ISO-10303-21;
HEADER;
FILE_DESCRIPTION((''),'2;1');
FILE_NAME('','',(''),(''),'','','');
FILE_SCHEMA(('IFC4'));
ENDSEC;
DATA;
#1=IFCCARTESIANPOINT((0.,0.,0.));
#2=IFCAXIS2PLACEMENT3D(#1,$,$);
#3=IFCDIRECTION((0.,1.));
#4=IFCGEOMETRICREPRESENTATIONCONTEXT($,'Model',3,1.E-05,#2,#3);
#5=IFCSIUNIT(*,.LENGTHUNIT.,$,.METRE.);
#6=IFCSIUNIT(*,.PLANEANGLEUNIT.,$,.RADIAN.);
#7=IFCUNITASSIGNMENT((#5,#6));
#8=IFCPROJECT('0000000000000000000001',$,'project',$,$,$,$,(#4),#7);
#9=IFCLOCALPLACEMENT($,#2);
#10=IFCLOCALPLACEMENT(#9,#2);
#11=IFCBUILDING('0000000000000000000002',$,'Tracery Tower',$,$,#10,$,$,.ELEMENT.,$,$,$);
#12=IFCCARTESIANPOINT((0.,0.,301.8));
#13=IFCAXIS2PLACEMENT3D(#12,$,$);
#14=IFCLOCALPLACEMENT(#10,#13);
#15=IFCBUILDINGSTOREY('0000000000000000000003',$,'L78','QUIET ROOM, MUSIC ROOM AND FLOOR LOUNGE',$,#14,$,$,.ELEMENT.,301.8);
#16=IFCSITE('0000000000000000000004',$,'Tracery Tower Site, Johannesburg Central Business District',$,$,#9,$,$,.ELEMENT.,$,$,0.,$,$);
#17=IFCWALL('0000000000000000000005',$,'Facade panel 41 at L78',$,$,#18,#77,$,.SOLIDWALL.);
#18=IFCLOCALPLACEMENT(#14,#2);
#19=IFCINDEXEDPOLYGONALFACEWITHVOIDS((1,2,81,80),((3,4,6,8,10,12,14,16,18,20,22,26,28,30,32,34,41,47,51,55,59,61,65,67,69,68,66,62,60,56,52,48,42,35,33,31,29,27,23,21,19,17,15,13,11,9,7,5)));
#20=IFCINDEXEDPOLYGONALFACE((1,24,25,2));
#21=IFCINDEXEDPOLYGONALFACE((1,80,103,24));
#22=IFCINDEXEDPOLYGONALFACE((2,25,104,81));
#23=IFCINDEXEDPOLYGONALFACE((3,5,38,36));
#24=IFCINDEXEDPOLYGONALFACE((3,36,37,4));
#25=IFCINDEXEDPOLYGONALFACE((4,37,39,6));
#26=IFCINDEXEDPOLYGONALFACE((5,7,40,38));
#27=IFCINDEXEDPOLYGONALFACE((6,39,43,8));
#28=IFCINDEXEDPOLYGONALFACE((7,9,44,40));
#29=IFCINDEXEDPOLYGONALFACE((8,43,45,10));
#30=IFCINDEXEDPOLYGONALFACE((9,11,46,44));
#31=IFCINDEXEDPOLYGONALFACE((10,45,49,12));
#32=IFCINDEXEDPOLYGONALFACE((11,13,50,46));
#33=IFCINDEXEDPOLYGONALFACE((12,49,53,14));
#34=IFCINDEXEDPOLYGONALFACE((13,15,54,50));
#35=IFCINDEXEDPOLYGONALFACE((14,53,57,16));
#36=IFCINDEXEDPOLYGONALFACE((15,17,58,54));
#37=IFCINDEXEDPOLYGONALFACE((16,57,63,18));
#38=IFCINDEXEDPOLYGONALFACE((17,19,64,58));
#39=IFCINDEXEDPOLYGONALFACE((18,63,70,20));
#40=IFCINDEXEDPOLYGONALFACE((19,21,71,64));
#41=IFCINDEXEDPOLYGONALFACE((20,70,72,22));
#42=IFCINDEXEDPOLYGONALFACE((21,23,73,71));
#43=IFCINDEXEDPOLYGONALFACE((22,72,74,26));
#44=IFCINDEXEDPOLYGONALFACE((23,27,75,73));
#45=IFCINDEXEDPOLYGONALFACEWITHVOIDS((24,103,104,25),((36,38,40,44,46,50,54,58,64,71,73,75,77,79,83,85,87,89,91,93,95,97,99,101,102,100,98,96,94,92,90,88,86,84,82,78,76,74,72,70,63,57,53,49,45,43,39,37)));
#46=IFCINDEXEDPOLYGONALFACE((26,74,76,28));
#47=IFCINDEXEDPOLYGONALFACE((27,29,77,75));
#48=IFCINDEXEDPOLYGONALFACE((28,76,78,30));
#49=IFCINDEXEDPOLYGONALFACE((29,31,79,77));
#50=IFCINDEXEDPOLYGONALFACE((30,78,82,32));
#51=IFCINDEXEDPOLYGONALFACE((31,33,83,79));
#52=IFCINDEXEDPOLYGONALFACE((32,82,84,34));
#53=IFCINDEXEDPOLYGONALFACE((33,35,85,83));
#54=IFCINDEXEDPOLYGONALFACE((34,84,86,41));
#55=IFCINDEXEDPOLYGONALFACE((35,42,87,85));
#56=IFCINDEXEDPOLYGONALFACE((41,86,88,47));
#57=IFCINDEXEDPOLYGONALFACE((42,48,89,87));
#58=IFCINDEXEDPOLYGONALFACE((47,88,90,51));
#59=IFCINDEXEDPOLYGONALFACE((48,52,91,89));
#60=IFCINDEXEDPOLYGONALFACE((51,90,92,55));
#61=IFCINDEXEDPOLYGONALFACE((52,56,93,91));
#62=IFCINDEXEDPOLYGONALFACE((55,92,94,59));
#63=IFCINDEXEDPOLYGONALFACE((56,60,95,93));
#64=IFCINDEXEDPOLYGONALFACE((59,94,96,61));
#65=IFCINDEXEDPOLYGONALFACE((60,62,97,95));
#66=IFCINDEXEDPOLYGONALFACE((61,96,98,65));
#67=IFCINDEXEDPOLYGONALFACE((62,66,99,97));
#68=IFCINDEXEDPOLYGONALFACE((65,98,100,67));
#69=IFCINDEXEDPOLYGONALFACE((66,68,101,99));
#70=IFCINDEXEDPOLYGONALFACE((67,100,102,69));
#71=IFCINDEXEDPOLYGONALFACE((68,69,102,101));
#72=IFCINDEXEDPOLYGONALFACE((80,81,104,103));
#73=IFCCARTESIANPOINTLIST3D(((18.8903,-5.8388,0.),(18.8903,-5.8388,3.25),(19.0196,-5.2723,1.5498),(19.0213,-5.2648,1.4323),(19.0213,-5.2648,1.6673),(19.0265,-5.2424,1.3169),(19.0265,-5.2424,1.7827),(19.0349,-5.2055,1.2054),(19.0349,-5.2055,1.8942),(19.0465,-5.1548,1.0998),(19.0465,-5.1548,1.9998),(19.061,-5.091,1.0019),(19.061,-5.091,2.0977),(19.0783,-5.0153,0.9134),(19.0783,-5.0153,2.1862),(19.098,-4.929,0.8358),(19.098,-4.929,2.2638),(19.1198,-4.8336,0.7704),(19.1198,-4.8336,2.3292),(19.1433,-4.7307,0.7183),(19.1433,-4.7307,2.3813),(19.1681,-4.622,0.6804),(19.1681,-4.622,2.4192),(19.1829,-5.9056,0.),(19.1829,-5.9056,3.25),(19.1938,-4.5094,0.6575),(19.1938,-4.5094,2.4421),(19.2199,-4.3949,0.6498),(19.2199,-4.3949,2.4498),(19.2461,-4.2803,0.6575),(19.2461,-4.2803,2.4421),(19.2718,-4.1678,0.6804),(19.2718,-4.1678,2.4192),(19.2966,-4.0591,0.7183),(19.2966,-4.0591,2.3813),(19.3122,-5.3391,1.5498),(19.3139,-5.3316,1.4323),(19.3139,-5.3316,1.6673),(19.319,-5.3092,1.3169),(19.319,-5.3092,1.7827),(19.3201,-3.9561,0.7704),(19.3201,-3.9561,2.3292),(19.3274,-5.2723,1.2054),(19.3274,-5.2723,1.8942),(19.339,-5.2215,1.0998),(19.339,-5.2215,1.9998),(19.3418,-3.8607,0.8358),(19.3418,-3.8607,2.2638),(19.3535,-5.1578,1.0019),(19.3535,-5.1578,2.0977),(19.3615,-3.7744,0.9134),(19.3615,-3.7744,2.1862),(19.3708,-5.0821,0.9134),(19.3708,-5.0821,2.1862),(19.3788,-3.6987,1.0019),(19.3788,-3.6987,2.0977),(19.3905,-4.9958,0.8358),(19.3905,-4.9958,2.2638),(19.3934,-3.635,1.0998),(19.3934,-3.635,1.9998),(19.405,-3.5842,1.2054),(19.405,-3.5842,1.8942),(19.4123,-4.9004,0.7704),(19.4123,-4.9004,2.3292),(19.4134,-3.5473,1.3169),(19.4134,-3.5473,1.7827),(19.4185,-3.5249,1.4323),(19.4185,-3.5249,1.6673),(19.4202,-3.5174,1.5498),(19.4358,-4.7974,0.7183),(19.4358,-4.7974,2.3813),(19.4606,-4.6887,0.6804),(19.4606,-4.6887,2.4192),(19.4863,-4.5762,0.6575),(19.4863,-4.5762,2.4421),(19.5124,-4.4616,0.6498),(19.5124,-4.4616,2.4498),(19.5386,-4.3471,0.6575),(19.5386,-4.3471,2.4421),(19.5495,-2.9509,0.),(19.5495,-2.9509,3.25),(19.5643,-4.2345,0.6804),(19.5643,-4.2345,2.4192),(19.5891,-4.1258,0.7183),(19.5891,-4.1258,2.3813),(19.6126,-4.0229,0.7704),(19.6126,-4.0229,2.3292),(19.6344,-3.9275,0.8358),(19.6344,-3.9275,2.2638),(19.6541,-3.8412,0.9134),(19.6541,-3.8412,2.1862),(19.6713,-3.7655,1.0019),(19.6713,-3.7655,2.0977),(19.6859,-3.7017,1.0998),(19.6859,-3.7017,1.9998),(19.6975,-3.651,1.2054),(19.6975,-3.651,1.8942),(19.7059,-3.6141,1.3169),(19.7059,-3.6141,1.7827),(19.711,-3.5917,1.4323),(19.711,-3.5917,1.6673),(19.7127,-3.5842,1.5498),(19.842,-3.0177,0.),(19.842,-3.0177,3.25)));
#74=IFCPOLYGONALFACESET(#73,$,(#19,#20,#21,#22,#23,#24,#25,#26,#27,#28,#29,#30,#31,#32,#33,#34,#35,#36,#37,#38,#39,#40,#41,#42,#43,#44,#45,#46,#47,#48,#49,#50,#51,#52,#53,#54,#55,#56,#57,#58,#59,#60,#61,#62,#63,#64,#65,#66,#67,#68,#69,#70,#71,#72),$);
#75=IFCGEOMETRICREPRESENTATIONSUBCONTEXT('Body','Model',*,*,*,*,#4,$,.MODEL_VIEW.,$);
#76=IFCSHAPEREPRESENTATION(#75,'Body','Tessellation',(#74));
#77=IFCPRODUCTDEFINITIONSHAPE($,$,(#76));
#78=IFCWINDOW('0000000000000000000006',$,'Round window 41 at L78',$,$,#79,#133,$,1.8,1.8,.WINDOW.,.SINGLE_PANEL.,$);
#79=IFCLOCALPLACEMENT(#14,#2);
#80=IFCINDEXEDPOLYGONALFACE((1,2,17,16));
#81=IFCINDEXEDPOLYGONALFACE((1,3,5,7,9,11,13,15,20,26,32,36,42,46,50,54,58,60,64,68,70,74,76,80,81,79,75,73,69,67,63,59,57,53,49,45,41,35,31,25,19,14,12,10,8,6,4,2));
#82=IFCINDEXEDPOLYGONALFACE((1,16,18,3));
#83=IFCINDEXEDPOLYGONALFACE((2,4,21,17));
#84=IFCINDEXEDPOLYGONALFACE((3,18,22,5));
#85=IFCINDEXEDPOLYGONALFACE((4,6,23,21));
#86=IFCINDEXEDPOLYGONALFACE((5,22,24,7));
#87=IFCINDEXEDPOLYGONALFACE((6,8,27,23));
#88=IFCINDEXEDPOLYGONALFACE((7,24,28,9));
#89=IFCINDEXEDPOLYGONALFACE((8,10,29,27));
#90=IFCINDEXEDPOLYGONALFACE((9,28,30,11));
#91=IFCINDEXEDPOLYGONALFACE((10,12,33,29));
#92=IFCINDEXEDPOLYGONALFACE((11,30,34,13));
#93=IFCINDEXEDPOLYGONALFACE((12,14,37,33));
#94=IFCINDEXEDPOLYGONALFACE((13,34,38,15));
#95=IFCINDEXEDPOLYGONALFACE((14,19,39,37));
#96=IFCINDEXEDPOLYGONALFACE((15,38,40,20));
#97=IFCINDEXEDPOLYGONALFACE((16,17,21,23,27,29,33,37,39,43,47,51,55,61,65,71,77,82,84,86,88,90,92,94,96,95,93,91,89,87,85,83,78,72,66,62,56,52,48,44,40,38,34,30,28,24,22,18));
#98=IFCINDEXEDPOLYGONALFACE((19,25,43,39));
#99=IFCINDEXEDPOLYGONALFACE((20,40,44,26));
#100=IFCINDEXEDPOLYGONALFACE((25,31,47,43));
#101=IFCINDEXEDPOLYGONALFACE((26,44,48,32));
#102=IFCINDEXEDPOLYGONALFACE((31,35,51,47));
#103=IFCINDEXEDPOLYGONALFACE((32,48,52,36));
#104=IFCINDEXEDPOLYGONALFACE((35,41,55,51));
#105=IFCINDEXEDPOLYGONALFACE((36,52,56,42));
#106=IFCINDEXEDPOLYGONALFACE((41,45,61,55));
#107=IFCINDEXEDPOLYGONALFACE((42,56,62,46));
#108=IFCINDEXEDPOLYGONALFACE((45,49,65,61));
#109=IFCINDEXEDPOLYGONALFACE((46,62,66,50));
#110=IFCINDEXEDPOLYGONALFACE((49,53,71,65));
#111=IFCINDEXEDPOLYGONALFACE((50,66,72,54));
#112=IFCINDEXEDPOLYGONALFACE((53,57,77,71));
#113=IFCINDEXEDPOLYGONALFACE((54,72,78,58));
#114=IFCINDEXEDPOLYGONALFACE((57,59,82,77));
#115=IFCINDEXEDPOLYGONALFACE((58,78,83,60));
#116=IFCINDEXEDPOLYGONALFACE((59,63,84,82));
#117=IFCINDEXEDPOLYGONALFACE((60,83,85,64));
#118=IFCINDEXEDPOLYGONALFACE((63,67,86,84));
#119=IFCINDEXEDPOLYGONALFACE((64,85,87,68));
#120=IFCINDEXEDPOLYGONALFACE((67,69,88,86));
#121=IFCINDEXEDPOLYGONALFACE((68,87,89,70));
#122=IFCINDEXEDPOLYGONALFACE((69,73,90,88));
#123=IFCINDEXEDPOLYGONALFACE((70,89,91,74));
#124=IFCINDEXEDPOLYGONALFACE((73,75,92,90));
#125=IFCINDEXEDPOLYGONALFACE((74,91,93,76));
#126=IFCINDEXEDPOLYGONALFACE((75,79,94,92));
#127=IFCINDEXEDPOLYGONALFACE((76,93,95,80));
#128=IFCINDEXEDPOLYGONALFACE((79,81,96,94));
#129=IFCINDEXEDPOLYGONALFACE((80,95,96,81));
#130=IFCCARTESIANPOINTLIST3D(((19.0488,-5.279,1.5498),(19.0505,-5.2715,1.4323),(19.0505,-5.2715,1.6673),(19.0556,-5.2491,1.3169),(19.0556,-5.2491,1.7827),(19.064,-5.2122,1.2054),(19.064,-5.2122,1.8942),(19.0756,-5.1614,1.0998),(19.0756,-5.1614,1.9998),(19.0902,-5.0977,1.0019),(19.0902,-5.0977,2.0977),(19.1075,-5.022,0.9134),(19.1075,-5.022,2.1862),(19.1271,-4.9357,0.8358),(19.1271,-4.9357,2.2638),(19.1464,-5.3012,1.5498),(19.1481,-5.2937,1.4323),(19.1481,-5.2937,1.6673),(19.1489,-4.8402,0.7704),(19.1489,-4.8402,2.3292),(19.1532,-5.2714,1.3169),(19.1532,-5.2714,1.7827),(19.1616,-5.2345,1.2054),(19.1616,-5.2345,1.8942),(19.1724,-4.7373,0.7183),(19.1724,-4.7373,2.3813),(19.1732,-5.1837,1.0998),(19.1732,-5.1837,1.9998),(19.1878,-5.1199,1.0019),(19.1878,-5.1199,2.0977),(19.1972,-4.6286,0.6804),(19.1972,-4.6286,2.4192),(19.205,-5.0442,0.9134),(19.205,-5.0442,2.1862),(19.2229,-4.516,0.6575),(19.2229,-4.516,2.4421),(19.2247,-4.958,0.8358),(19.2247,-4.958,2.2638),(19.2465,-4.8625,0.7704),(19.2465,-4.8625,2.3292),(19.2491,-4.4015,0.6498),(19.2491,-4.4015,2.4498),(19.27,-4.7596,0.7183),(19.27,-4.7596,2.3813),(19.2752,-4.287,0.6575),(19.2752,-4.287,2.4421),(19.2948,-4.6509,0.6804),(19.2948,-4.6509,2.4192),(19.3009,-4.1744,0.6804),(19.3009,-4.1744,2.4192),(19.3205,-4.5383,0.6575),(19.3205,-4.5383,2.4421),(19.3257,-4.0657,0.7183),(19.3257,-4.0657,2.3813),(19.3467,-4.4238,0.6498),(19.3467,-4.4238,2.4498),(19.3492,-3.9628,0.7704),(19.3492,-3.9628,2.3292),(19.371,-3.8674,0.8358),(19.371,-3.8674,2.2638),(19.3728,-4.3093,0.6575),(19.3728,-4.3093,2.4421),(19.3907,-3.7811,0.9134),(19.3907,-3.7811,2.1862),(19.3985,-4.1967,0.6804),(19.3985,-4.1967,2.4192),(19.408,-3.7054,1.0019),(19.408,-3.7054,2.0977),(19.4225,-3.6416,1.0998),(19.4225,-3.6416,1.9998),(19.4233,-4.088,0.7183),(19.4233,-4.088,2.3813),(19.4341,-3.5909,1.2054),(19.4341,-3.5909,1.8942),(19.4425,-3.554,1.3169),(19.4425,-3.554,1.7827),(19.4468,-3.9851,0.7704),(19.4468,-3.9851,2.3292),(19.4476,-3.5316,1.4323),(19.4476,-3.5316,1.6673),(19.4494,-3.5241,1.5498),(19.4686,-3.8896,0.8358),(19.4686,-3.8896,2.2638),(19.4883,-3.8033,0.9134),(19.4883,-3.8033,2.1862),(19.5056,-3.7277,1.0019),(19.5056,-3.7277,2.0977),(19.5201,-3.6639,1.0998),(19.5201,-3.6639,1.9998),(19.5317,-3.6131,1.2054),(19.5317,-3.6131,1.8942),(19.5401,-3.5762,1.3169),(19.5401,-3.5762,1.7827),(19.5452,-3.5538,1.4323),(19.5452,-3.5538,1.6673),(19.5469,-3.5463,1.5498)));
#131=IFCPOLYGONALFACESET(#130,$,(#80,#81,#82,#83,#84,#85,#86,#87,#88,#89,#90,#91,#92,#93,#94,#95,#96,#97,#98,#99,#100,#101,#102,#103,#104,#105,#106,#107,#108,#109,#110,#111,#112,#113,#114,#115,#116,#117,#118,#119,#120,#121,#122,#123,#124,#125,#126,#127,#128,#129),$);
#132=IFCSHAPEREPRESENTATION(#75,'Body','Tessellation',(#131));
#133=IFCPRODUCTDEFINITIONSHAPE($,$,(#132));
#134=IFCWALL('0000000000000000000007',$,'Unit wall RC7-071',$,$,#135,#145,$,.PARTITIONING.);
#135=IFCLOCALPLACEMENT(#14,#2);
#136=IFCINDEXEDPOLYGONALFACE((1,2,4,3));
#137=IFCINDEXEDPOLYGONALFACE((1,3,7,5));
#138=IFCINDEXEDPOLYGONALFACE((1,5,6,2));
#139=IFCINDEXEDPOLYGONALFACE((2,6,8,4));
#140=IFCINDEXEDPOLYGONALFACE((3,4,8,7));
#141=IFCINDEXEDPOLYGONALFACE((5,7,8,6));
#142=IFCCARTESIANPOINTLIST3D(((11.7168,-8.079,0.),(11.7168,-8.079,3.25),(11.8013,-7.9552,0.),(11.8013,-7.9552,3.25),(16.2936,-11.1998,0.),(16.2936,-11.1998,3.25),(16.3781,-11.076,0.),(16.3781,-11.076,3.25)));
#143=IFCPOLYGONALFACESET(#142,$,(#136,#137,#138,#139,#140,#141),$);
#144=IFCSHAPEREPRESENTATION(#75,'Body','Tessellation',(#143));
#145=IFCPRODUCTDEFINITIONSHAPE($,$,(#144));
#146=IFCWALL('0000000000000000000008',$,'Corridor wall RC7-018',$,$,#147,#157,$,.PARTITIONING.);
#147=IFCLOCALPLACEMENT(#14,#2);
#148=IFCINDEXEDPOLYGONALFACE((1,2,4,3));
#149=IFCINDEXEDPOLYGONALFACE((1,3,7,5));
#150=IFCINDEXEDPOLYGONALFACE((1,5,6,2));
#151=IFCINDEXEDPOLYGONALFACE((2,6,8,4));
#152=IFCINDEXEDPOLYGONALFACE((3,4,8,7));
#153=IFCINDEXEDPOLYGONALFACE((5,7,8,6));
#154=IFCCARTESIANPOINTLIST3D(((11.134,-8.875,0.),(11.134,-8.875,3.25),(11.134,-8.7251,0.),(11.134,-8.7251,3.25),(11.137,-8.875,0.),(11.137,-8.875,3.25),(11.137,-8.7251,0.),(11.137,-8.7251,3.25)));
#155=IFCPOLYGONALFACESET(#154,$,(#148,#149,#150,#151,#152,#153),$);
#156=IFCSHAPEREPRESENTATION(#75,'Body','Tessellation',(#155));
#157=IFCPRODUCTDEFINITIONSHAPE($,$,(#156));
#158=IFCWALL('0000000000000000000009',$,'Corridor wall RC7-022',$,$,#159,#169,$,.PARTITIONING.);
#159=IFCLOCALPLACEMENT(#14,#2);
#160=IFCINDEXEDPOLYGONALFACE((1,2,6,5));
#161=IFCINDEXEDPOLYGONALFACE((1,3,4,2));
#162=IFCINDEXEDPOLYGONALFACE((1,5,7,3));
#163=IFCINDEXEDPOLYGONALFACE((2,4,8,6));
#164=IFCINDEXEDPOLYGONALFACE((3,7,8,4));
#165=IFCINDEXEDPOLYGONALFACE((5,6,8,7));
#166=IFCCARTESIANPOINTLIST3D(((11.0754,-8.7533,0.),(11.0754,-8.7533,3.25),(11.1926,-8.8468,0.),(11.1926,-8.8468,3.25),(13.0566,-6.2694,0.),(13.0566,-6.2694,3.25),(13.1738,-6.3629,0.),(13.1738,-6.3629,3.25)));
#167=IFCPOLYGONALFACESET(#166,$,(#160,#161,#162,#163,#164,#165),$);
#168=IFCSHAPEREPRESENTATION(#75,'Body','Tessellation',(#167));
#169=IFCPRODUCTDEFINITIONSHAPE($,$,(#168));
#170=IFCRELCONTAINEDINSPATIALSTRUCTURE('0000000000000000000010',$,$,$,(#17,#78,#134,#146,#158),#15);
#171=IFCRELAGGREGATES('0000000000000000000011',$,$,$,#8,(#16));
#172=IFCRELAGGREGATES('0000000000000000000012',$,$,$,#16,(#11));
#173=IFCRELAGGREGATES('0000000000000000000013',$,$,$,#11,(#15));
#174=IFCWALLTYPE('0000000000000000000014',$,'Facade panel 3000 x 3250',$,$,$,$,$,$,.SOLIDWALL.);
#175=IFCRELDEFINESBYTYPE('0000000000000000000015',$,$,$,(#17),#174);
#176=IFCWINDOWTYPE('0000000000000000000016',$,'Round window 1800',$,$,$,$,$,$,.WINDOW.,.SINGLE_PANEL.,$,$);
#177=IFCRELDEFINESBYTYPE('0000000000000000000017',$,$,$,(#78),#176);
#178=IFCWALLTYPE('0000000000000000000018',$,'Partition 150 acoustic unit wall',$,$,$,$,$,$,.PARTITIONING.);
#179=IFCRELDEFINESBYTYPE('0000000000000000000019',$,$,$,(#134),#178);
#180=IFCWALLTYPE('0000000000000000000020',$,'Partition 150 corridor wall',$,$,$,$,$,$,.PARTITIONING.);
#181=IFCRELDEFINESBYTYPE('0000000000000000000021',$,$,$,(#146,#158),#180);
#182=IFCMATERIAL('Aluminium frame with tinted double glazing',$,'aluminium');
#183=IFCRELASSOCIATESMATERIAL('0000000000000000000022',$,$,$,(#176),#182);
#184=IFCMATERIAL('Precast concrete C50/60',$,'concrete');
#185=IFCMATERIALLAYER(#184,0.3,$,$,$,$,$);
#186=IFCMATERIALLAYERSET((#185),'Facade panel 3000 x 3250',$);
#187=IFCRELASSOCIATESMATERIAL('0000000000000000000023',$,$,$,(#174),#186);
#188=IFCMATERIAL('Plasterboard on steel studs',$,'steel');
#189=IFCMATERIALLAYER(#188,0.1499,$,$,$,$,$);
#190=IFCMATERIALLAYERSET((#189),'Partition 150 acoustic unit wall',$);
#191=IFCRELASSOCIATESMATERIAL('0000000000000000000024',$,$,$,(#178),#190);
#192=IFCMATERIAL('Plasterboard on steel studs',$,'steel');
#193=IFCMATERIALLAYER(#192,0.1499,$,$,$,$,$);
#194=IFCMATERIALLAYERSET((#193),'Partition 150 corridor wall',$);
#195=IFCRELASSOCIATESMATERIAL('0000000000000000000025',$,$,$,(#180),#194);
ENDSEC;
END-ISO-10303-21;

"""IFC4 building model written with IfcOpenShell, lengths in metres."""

from ifc_helpers import new_model, si_unit, direction, frame, frame_2d, origin, origin_2d, place, context, subcontext, project, spatial, rectangle, circle, extrude, material, layer, layer_set, type_object, element, fill, save


model = new_model("IFC4")

# Units and contexts
model_context = context("Model", 3, precision=1e-05, world=origin(), true_north=direction((0.0, 1.0)))
body_context = subcontext(model_context, "Body", "Model", "MODEL_VIEW")
ifc_project = project(units=[si_unit("LENGTHUNIT", "METRE"), si_unit("PLANEANGLEUNIT", "RADIAN")], contexts=[model_context])

# Site, building, storey
site_placement = place(None, origin())
site = spatial("IfcSite", under=ifc_project, at=site_placement, Name="Tracery Tower Site, Johannesburg Central Business District", CompositionType="ELEMENT", RefElevation=0.0)
building_placement = place(site_placement, origin())
building = spatial("IfcBuilding", under=site, at=building_placement, Name="Tracery Tower", CompositionType="ELEMENT")
storey_placement = place(building_placement, frame((0.0, 0.0, 301.8)))
storey = spatial("IfcBuildingStorey", under=building, at=storey_placement, Name="L78", Description="QUIET ROOM, MUSIC ROOM AND FLOOR LOUNGE", CompositionType="ELEMENT", Elevation=301.8)

# Wall, opening, window
ifc_material_1 = material(Name="Aluminium frame with tinted double glazing", Category="aluminium")
window_type = type_object("IfcWindowType", Name="Round window 1800", PartitioningType="SINGLE_PANEL", PredefinedType="WINDOW", material=ifc_material_1)
ifc_material_2 = material(Name="Precast concrete C50/60", Category="concrete")
ifc_layer_1 = layer(ifc_material_2, 0.3)
ifc_layer_set_1 = layer_set([ifc_layer_1], Name="Facade panel 3000 x 3250")
wall_type_1 = type_object("IfcWallType", Name="Facade panel 3000 x 3250", PredefinedType="SOLIDWALL", material=ifc_layer_set_1)
wall_1_placement = place(storey_placement, frame((19.0366, -5.8721, 0.0), z_axis=(0.0, 0.0, 1.0), x_axis=(0.222529, 0.974926, 0.0)))
wall_1 = element("IfcWall", 1, at=wall_1_placement, inside=storey, type_object=wall_type_1, Name="Facade panel 41 at L78", PredefinedType="SOLIDWALL", context=body_context, shape_type="SweptSolid", body=[
    extrude(rectangle(XDim=2.9622, YDim=0.3, at=frame_2d((1.481, 0.0))), origin(), (0.0, 0.0, 1.0), 3.25),
])
opening_1_placement = place(wall_1_placement, frame((1.481, 0.0, 1.5498)))
opening_1 = element("IfcOpeningElement", 2, at=opening_1_placement, cuts=wall_1, PredefinedType="OPENING", context=body_context, shape_type="SweptSolid", body=[
    extrude(circle(Radius=0.9, at=origin_2d()), frame((0.0, 0.1599, 0.0), z_axis=(0.0, -1.0, 0.0), x_axis=(1.0, 0.0, 0.0)), (0.0, 0.0, 1.0), 0.3201),
])
window_1_placement = place(opening_1_placement, origin())
window_1 = element("IfcWindow", 3, at=window_1_placement, inside=storey, type_object=window_type, Name="Round window 41 at L78", OverallHeight=1.8, OverallWidth=1.8, PartitioningType="SINGLE_PANEL", PredefinedType="WINDOW", context=body_context, shape_type="SweptSolid", body=[
    extrude(circle(Radius=0.9, at=origin_2d()), frame((0.0, 0.1201, 0.0), z_axis=(0.0, -1.0, 0.0), x_axis=(1.0, 0.0, 0.0)), (0.0, 0.0, 1.0), 0.1001),
])
fill(opening_1, window_1)

# Walls
ifc_material_3 = material(Name="Plasterboard on steel studs", Category="steel")
ifc_layer_2 = layer(ifc_material_3, 0.1499)
ifc_layer_set_2 = layer_set([ifc_layer_2], Name="Partition 150 acoustic unit wall")
wall_type_2 = type_object("IfcWallType", Name="Partition 150 acoustic unit wall", PredefinedType="PARTITIONING", material=ifc_layer_set_2)
wall_2_placement = place(storey_placement, frame((11.759, -8.0171, 0.0), z_axis=(0.0, 0.0, 1.0), x_axis=(0.826208, -0.563366, 0.0)))
element("IfcWall", 4, at=wall_2_placement, inside=storey, type_object=wall_type_2, Name="Unit wall RC7-071", PredefinedType="PARTITIONING", context=body_context, shape_type="SweptSolid", body=[
    extrude(rectangle(XDim=5.5396, YDim=0.1499, at=frame_2d((2.7698, 0.0))), origin(), (0.0, 0.0, 1.0), 3.25),
])
ifc_material_4 = material(Name="Plasterboard on steel studs", Category="steel")
ifc_layer_3 = layer(ifc_material_4, 0.1499)
ifc_layer_set_3 = layer_set([ifc_layer_3], Name="Partition 150 corridor wall")
wall_type_3 = type_object("IfcWallType", Name="Partition 150 corridor wall", PredefinedType="PARTITIONING", material=ifc_layer_set_3)
wall_3_placement = place(storey_placement, frame((11.137, -8.8, 0.0), z_axis=(0.0, 0.0, 1.0), x_axis=(-1.0, 0.0, 0.0)))
element("IfcWall", 5, at=wall_3_placement, inside=storey, type_object=wall_type_3, Name="Corridor wall RC7-018", PredefinedType="PARTITIONING", context=body_context, shape_type="SweptSolid", body=[
    extrude(rectangle(XDim=0.0029, YDim=0.1499, at=frame_2d((0.0015, 0.0))), origin(), (0.0, 0.0, 1.0), 3.25),
])
wall_4_placement = place(storey_placement, frame((11.134, -8.8, 0.0), z_axis=(0.0, 0.0, 1.0), x_axis=(0.623561, 0.781775, 0.0)))
element("IfcWall", 6, at=wall_4_placement, inside=storey, type_object=wall_type_3, Name="Corridor wall RC7-022", PredefinedType="PARTITIONING", context=body_context, shape_type="SweptSolid", body=[
    extrude(rectangle(XDim=3.1772, YDim=0.1499, at=frame_2d((1.5886, 0.0))), origin(), (0.0, 0.0, 1.0), 3.25),
])

save(model, "model.ifc")
